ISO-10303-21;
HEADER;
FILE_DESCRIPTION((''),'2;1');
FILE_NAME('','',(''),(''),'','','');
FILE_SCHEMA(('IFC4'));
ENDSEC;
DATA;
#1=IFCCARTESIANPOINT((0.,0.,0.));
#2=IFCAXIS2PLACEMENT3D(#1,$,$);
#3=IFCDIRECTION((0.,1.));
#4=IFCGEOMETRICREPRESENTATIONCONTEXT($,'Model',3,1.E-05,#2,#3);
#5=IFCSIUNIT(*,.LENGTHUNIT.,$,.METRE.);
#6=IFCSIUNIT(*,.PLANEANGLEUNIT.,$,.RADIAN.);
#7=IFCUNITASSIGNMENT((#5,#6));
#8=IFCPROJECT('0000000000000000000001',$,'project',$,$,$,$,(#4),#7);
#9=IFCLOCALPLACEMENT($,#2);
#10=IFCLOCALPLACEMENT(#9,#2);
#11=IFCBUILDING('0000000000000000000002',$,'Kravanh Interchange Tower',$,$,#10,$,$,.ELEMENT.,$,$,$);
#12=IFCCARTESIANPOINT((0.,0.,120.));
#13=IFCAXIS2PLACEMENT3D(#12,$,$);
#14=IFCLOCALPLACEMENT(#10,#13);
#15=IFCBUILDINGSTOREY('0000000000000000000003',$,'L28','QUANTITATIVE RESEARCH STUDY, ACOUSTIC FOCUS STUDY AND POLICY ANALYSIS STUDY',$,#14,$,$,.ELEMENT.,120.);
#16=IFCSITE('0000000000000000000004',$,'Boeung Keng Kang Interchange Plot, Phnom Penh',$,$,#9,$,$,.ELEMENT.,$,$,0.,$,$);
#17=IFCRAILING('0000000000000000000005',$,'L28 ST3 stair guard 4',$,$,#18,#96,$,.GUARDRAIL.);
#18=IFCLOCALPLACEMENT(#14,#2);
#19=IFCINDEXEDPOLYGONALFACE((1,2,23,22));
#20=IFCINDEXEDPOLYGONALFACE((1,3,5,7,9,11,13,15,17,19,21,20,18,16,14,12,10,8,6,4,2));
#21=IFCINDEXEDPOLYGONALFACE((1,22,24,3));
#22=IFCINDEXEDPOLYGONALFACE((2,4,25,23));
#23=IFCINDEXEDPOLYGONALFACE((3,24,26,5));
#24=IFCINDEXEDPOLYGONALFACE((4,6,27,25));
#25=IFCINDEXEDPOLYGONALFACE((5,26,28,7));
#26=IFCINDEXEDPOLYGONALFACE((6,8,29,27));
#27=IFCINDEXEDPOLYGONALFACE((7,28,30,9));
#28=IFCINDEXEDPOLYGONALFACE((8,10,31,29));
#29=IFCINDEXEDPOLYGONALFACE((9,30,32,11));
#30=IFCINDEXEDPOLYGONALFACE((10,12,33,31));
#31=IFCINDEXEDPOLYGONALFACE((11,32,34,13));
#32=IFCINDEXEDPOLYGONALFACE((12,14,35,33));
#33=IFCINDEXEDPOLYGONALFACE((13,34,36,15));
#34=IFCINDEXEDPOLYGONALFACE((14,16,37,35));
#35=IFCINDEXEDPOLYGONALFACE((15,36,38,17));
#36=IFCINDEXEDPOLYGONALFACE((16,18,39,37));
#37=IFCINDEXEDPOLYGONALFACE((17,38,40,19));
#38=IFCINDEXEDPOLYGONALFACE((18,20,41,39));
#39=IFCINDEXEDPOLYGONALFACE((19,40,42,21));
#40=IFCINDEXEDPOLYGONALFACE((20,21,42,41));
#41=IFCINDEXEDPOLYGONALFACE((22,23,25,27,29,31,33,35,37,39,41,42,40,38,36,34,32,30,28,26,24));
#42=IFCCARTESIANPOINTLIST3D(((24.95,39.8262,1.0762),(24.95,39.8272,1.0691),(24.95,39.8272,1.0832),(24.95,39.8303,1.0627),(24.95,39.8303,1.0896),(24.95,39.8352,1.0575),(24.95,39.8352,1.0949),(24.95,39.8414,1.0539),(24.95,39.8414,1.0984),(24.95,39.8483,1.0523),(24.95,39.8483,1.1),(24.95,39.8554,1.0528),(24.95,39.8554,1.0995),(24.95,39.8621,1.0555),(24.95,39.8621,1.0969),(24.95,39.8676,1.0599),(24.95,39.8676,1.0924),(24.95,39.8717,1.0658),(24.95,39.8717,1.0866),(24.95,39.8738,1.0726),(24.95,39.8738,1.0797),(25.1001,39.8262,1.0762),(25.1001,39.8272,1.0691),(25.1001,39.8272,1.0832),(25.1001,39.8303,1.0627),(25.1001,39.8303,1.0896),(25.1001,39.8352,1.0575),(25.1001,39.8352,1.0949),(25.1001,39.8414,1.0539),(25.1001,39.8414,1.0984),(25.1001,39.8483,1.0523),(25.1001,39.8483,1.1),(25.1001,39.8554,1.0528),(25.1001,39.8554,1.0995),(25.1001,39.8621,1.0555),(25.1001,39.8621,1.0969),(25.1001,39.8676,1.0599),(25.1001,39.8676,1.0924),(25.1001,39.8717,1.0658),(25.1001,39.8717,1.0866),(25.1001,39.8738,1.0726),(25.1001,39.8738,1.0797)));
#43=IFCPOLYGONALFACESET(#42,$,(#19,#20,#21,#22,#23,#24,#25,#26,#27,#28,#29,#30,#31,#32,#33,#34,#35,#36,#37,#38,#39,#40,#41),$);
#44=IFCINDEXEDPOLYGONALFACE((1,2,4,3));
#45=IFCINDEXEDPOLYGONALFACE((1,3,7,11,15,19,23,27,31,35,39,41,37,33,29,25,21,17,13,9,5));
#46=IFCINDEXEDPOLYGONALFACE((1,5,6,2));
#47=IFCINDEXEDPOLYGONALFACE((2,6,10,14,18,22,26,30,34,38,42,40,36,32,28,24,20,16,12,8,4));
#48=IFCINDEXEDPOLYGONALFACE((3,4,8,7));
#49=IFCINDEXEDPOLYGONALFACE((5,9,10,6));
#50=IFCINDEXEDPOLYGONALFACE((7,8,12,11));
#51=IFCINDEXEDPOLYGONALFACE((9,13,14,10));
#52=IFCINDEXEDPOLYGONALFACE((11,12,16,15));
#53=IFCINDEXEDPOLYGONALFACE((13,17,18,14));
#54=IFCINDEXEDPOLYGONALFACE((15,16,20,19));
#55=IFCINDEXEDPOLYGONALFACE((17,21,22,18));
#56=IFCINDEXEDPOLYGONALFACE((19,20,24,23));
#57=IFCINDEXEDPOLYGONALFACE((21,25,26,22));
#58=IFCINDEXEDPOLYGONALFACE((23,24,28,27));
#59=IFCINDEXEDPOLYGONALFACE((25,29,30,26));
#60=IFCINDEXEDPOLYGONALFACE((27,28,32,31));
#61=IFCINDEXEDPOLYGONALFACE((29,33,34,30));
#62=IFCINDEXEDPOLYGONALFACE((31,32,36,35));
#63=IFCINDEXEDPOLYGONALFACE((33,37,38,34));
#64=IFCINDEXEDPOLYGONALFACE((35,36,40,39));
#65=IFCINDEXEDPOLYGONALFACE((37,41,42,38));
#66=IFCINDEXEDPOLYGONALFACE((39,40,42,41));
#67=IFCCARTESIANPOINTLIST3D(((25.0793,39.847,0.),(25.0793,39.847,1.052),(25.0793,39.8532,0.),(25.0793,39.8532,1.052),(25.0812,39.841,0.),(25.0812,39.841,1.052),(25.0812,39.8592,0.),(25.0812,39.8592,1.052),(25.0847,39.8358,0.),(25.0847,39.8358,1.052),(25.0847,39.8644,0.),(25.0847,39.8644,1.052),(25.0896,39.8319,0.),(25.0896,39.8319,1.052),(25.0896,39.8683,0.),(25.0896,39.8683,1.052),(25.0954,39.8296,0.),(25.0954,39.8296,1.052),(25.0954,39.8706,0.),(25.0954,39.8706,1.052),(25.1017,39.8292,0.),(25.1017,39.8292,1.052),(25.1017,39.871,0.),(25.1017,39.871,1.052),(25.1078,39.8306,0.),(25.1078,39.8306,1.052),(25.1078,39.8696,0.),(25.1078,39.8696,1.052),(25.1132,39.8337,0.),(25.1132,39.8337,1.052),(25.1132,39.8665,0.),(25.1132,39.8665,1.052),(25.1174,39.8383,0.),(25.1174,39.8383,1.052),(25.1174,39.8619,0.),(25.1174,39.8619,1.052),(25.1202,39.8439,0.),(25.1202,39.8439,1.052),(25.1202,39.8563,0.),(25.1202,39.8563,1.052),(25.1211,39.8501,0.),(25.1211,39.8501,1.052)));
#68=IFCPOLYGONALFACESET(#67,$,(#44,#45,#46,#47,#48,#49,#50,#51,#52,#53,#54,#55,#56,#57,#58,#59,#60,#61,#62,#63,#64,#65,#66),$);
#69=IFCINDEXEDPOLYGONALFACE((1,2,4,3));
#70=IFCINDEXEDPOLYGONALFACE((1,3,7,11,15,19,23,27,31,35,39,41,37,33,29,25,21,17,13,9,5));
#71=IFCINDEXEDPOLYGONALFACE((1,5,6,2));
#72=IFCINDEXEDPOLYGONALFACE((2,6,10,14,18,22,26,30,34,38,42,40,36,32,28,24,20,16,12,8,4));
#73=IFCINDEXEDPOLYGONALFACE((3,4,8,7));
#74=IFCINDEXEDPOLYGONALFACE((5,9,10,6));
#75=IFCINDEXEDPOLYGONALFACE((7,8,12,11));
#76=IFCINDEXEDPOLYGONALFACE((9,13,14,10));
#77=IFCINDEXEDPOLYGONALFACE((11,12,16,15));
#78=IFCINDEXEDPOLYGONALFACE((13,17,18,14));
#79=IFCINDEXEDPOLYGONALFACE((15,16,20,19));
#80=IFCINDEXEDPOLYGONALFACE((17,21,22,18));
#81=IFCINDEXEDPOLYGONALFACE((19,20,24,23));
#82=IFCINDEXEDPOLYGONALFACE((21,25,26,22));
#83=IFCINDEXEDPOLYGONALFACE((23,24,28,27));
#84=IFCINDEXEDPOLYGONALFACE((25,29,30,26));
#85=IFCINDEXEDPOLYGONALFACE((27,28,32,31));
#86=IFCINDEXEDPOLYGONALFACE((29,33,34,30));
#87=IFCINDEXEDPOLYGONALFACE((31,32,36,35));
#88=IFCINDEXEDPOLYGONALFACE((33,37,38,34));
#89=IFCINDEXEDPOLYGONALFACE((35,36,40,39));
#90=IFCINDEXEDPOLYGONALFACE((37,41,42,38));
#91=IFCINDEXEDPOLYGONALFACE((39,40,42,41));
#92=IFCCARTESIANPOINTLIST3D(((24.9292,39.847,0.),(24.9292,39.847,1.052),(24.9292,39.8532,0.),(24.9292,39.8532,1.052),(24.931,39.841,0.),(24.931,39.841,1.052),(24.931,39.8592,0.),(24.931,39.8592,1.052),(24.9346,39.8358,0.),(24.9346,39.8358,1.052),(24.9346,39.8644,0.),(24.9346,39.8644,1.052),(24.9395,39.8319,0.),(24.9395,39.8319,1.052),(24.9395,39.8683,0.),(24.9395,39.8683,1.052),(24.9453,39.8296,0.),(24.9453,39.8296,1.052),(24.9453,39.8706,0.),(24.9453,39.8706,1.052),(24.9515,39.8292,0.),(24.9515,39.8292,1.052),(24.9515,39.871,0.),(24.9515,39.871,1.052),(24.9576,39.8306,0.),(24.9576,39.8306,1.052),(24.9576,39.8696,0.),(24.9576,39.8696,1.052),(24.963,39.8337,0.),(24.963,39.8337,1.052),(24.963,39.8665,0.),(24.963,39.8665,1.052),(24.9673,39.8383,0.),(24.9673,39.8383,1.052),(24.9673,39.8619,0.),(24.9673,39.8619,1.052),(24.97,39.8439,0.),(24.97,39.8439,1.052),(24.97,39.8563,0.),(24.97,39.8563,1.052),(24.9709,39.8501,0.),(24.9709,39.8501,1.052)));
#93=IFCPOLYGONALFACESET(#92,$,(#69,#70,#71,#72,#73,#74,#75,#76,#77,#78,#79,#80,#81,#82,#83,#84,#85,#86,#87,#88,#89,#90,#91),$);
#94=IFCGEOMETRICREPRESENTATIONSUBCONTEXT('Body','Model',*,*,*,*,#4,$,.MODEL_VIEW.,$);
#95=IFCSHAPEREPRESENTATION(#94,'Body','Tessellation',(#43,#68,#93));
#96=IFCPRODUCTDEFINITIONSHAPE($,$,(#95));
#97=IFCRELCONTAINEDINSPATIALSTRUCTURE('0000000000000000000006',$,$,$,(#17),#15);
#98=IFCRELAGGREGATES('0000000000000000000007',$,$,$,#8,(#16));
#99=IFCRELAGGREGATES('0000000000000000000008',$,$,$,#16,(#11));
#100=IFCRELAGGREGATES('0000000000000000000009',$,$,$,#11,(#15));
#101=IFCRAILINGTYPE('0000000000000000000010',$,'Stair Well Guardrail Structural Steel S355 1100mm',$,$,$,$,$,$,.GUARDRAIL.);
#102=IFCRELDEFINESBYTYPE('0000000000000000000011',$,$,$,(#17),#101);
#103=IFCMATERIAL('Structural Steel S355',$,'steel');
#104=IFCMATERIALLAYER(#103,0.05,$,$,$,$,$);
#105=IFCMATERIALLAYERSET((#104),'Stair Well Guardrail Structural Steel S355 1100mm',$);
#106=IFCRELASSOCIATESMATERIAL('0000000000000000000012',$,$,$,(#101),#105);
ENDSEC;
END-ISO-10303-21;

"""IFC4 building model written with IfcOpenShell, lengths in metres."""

from ifc_helpers import new_model, si_unit, direction, frame, origin, origin_2d, place, context, subcontext, project, spatial, circle, extrude, material, layer, layer_set, type_object, element, save


model = new_model("IFC4")

# Units and contexts
model_context = context("Model", 3, precision=1e-05, world=origin(), true_north=direction((0.0, 1.0)))
body_context = subcontext(model_context, "Body", "Model", "MODEL_VIEW")
ifc_project = project(units=[si_unit("LENGTHUNIT", "METRE"), si_unit("PLANEANGLEUNIT", "RADIAN")], contexts=[model_context])

# Site, building, storey
site_placement = place(None, origin())
site = spatial("IfcSite", under=ifc_project, at=site_placement, Name="Boeung Keng Kang Interchange Plot, Phnom Penh", CompositionType="ELEMENT", RefElevation=0.0)
building_placement = place(site_placement, origin())
building = spatial("IfcBuilding", under=site, at=building_placement, Name="Kravanh Interchange Tower", CompositionType="ELEMENT")
storey_placement = place(building_placement, frame((0.0, 0.0, 120.0)))
storey = spatial("IfcBuildingStorey", under=building, at=storey_placement, Name="L28", Description="QUANTITATIVE RESEARCH STUDY, ACOUSTIC FOCUS STUDY AND POLICY ANALYSIS STUDY", CompositionType="ELEMENT", Elevation=120.0)

# Railing
ifc_material_1 = material(Name="Structural Steel S355", Category="steel")
ifc_layer_1 = layer(ifc_material_1, 0.05)
ifc_layer_set_1 = layer_set([ifc_layer_1], Name="Stair Well Guardrail Structural Steel S355 1100mm")
railing_type_1 = type_object("IfcRailingType", Name="Stair Well Guardrail Structural Steel S355 1100mm", PredefinedType="GUARDRAIL", material=ifc_layer_set_1)
railing_1_placement = place(storey_placement, frame((25.1001, 39.8501, 0.0)))
element("IfcRailing", 1, at=railing_1_placement, inside=storey, type_object=railing_type_1, Name="L28 ST3 stair guard 4", PredefinedType="GUARDRAIL", context=body_context, shape_type="SweptSolid", body=[
    extrude(circle(Radius=0.0239, at=origin_2d()), frame((0.0, 0.0, 1.0762), z_axis=(-1.0, 0.0, 0.0), x_axis=(0.0, -1.0, 0.0)), (0.0, 0.0, 1.0), 0.1501),
    extrude(circle(Radius=0.021, at=origin_2d()), origin(), (0.0, 0.0, 1.0), 1.052),
    extrude(circle(Radius=0.021, at=origin_2d()), frame((-0.1501, 0.0, 0.0)), (0.0, 0.0, 1.0), 1.052),
])

save(model, "model.ifc")
